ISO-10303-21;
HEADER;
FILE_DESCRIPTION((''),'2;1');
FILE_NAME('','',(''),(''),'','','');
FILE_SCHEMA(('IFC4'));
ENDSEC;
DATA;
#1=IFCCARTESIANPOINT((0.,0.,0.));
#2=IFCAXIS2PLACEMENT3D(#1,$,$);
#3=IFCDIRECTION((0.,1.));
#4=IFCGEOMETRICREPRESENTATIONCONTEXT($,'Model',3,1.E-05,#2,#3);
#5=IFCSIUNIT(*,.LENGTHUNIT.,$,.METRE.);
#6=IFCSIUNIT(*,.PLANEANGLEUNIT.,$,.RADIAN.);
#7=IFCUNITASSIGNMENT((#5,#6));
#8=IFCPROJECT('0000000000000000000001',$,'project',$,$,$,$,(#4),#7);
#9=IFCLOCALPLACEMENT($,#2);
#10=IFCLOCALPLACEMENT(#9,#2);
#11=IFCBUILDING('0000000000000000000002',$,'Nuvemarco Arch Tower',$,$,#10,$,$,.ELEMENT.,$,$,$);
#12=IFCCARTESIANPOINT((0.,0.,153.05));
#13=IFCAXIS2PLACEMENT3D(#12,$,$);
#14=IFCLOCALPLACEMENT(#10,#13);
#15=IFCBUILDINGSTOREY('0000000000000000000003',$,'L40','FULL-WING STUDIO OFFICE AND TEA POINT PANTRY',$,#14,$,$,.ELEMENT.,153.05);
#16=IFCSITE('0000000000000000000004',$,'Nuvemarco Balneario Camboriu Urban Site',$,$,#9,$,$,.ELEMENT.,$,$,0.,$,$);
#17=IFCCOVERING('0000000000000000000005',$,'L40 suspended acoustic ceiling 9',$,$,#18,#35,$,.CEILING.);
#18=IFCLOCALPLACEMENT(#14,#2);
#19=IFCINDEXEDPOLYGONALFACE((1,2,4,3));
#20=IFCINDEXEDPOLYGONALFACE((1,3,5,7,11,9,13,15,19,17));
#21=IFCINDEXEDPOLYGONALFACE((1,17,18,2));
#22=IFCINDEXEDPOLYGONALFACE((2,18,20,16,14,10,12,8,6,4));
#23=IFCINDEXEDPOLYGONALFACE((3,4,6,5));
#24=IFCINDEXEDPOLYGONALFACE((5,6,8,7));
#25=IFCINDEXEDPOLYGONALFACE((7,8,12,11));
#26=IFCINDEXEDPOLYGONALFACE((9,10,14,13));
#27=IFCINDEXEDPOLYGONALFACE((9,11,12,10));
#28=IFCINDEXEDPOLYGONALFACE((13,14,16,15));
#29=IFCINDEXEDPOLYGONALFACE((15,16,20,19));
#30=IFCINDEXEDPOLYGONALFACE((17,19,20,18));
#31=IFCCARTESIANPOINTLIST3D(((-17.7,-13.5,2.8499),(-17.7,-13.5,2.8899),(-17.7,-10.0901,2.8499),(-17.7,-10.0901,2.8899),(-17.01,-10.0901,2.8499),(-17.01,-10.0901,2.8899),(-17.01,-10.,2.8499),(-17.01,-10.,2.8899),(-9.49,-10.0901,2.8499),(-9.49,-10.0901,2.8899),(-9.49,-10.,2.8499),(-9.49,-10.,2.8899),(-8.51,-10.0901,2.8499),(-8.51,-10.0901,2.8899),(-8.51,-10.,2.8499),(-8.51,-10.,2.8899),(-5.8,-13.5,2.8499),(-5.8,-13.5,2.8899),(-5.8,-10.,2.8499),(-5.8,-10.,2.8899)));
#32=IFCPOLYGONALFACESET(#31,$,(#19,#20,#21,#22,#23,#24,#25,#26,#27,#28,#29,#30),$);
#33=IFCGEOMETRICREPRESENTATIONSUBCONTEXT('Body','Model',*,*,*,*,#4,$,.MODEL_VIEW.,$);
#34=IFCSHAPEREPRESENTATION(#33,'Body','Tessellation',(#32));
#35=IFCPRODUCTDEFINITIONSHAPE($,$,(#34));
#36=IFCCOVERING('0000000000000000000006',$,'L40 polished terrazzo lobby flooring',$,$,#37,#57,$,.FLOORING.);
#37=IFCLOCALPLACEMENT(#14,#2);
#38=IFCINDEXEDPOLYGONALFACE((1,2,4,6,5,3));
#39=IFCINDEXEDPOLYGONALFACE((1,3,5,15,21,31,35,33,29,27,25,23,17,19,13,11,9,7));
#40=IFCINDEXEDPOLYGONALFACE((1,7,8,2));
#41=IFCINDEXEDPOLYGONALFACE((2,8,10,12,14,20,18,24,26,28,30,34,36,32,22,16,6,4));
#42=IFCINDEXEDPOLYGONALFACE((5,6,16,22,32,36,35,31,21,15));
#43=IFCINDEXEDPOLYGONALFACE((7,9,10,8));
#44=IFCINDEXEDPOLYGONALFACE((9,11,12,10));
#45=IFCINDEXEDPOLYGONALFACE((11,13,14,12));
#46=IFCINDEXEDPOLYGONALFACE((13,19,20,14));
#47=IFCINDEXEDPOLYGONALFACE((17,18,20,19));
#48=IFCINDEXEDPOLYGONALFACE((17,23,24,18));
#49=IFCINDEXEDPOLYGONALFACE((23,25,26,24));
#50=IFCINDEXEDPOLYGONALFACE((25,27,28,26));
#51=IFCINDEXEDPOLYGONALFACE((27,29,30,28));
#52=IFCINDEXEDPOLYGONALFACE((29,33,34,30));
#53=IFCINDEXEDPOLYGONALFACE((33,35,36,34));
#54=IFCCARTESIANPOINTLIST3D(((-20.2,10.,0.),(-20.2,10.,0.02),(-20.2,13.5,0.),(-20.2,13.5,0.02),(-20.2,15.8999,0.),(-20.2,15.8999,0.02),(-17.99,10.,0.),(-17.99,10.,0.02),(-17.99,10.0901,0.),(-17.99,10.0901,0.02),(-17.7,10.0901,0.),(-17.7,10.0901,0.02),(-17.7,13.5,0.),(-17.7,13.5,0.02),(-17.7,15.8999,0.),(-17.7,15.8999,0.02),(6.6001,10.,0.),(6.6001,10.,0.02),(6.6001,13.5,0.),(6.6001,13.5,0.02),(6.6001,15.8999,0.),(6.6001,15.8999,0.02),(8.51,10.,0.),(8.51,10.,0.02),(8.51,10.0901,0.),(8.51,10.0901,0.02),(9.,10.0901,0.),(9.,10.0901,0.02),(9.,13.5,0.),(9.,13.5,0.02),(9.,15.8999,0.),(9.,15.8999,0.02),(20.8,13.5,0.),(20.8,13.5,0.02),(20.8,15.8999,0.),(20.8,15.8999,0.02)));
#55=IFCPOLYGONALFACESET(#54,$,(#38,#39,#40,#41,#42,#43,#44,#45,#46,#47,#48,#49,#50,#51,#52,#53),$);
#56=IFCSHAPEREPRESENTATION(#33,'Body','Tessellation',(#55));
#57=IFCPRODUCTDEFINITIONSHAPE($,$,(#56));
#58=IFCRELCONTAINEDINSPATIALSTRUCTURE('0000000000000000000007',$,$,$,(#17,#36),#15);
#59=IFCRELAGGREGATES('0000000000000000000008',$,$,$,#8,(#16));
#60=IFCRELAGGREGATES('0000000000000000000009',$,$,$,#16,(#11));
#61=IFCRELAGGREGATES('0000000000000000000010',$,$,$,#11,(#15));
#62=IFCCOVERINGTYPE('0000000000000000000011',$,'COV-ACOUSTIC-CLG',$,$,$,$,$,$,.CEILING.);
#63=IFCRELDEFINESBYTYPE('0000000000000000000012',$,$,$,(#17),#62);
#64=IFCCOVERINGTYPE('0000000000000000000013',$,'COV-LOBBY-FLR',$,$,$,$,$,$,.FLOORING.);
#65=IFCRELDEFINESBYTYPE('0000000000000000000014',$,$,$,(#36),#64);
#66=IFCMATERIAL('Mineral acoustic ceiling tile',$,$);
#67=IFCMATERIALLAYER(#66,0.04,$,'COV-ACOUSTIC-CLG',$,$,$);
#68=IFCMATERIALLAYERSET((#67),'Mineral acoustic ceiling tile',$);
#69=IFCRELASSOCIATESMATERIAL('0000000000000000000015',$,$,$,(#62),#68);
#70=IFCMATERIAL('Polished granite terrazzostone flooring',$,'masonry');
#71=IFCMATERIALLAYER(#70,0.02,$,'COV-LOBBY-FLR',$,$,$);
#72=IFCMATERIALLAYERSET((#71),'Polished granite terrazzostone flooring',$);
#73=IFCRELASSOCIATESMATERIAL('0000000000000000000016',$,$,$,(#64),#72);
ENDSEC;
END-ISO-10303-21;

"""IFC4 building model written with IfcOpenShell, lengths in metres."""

from ifc_helpers import new_model, si_unit, direction, frame, origin, place, context, subcontext, project, spatial, polyline, outline, extrude, material, layer, layer_set, type_object, element, save


model = new_model("IFC4")

# Units and contexts
model_context = context("Model", 3, precision=1e-05, world=origin(), true_north=direction((0.0, 1.0)))
body_context = subcontext(model_context, "Body", "Model", "MODEL_VIEW")
ifc_project = project(units=[si_unit("LENGTHUNIT", "METRE"), si_unit("PLANEANGLEUNIT", "RADIAN")], contexts=[model_context])

# Site, building, storey
site_placement = place(None, origin())
site = spatial("IfcSite", under=ifc_project, at=site_placement, Name="Nuvemarco Balneario Camboriu Urban Site", CompositionType="ELEMENT", RefElevation=0.0)
building_placement = place(site_placement, origin())
building = spatial("IfcBuilding", under=site, at=building_placement, Name="Nuvemarco Arch Tower", CompositionType="ELEMENT")
storey_placement = place(building_placement, frame((0.0, 0.0, 153.05)))
storey = spatial("IfcBuildingStorey", under=building, at=storey_placement, Name="L40", Description="FULL-WING STUDIO OFFICE AND TEA POINT PANTRY", CompositionType="ELEMENT", Elevation=153.05)

# Coverings
ifc_material_1 = material(Name="Mineral acoustic ceiling tile")
ifc_layer_1 = layer(ifc_material_1, 0.04, Name="COV-ACOUSTIC-CLG")
ifc_layer_set_1 = layer_set([ifc_layer_1], Name="Mineral acoustic ceiling tile")
covering_type_1 = type_object("IfcCoveringType", Name="COV-ACOUSTIC-CLG", PredefinedType="CEILING", material=ifc_layer_set_1)
covering_1_placement = place(storey_placement, frame((0.0, 0.0, 2.8499)))
element("IfcCovering", 1, at=covering_1_placement, inside=storey, type_object=covering_type_1, Name="L40 suspended acoustic ceiling 9", PredefinedType="CEILING", context=body_context, shape_type="SweptSolid", body=[
    extrude(outline(polyline([(-9.49, -10.0901), (-8.51, -10.0901), (-8.51, -10.0), (-5.8, -10.0), (-5.8, -13.5), (-17.7, -13.5), (-17.7, -10.0901), (-17.01, -10.0901), (-17.01, -10.0), (-9.49, -10.0), (-9.49, -10.0901)])), origin(), (0.0, 0.0, 1.0), 0.04),
])
ifc_material_2 = material(Name="Polished granite terrazzostone flooring", Category="masonry")
ifc_layer_2 = layer(ifc_material_2, 0.02, Name="COV-LOBBY-FLR")
ifc_layer_set_2 = layer_set([ifc_layer_2], Name="Polished granite terrazzostone flooring")
covering_type_2 = type_object("IfcCoveringType", Name="COV-LOBBY-FLR", PredefinedType="FLOORING", material=ifc_layer_set_2)
covering_2_placement = place(storey_placement, origin())
element("IfcCovering", 2, at=covering_2_placement, inside=storey, type_object=covering_type_2, Name="L40 polished terrazzo lobby flooring", PredefinedType="FLOORING", context=body_context, shape_type="SweptSolid", body=[
    extrude(outline(polyline([(-20.2, 13.5), (-20.2, 15.8999), (-17.7, 15.8999), (6.6001, 15.8999), (9.0, 15.8999), (20.8, 15.8999), (20.8, 13.5), (9.0, 13.5), (9.0, 10.0901), (8.51, 10.0901), (8.51, 10.0), (6.6001, 10.0), (6.6001, 13.5), (-17.7, 13.5), (-17.7, 10.0901), (-17.99, 10.0901), (-17.99, 10.0), (-20.2, 10.0), (-20.2, 13.5)])), origin(), (0.0, 0.0, 1.0), 0.02),
])

save(model, "model.ifc")
